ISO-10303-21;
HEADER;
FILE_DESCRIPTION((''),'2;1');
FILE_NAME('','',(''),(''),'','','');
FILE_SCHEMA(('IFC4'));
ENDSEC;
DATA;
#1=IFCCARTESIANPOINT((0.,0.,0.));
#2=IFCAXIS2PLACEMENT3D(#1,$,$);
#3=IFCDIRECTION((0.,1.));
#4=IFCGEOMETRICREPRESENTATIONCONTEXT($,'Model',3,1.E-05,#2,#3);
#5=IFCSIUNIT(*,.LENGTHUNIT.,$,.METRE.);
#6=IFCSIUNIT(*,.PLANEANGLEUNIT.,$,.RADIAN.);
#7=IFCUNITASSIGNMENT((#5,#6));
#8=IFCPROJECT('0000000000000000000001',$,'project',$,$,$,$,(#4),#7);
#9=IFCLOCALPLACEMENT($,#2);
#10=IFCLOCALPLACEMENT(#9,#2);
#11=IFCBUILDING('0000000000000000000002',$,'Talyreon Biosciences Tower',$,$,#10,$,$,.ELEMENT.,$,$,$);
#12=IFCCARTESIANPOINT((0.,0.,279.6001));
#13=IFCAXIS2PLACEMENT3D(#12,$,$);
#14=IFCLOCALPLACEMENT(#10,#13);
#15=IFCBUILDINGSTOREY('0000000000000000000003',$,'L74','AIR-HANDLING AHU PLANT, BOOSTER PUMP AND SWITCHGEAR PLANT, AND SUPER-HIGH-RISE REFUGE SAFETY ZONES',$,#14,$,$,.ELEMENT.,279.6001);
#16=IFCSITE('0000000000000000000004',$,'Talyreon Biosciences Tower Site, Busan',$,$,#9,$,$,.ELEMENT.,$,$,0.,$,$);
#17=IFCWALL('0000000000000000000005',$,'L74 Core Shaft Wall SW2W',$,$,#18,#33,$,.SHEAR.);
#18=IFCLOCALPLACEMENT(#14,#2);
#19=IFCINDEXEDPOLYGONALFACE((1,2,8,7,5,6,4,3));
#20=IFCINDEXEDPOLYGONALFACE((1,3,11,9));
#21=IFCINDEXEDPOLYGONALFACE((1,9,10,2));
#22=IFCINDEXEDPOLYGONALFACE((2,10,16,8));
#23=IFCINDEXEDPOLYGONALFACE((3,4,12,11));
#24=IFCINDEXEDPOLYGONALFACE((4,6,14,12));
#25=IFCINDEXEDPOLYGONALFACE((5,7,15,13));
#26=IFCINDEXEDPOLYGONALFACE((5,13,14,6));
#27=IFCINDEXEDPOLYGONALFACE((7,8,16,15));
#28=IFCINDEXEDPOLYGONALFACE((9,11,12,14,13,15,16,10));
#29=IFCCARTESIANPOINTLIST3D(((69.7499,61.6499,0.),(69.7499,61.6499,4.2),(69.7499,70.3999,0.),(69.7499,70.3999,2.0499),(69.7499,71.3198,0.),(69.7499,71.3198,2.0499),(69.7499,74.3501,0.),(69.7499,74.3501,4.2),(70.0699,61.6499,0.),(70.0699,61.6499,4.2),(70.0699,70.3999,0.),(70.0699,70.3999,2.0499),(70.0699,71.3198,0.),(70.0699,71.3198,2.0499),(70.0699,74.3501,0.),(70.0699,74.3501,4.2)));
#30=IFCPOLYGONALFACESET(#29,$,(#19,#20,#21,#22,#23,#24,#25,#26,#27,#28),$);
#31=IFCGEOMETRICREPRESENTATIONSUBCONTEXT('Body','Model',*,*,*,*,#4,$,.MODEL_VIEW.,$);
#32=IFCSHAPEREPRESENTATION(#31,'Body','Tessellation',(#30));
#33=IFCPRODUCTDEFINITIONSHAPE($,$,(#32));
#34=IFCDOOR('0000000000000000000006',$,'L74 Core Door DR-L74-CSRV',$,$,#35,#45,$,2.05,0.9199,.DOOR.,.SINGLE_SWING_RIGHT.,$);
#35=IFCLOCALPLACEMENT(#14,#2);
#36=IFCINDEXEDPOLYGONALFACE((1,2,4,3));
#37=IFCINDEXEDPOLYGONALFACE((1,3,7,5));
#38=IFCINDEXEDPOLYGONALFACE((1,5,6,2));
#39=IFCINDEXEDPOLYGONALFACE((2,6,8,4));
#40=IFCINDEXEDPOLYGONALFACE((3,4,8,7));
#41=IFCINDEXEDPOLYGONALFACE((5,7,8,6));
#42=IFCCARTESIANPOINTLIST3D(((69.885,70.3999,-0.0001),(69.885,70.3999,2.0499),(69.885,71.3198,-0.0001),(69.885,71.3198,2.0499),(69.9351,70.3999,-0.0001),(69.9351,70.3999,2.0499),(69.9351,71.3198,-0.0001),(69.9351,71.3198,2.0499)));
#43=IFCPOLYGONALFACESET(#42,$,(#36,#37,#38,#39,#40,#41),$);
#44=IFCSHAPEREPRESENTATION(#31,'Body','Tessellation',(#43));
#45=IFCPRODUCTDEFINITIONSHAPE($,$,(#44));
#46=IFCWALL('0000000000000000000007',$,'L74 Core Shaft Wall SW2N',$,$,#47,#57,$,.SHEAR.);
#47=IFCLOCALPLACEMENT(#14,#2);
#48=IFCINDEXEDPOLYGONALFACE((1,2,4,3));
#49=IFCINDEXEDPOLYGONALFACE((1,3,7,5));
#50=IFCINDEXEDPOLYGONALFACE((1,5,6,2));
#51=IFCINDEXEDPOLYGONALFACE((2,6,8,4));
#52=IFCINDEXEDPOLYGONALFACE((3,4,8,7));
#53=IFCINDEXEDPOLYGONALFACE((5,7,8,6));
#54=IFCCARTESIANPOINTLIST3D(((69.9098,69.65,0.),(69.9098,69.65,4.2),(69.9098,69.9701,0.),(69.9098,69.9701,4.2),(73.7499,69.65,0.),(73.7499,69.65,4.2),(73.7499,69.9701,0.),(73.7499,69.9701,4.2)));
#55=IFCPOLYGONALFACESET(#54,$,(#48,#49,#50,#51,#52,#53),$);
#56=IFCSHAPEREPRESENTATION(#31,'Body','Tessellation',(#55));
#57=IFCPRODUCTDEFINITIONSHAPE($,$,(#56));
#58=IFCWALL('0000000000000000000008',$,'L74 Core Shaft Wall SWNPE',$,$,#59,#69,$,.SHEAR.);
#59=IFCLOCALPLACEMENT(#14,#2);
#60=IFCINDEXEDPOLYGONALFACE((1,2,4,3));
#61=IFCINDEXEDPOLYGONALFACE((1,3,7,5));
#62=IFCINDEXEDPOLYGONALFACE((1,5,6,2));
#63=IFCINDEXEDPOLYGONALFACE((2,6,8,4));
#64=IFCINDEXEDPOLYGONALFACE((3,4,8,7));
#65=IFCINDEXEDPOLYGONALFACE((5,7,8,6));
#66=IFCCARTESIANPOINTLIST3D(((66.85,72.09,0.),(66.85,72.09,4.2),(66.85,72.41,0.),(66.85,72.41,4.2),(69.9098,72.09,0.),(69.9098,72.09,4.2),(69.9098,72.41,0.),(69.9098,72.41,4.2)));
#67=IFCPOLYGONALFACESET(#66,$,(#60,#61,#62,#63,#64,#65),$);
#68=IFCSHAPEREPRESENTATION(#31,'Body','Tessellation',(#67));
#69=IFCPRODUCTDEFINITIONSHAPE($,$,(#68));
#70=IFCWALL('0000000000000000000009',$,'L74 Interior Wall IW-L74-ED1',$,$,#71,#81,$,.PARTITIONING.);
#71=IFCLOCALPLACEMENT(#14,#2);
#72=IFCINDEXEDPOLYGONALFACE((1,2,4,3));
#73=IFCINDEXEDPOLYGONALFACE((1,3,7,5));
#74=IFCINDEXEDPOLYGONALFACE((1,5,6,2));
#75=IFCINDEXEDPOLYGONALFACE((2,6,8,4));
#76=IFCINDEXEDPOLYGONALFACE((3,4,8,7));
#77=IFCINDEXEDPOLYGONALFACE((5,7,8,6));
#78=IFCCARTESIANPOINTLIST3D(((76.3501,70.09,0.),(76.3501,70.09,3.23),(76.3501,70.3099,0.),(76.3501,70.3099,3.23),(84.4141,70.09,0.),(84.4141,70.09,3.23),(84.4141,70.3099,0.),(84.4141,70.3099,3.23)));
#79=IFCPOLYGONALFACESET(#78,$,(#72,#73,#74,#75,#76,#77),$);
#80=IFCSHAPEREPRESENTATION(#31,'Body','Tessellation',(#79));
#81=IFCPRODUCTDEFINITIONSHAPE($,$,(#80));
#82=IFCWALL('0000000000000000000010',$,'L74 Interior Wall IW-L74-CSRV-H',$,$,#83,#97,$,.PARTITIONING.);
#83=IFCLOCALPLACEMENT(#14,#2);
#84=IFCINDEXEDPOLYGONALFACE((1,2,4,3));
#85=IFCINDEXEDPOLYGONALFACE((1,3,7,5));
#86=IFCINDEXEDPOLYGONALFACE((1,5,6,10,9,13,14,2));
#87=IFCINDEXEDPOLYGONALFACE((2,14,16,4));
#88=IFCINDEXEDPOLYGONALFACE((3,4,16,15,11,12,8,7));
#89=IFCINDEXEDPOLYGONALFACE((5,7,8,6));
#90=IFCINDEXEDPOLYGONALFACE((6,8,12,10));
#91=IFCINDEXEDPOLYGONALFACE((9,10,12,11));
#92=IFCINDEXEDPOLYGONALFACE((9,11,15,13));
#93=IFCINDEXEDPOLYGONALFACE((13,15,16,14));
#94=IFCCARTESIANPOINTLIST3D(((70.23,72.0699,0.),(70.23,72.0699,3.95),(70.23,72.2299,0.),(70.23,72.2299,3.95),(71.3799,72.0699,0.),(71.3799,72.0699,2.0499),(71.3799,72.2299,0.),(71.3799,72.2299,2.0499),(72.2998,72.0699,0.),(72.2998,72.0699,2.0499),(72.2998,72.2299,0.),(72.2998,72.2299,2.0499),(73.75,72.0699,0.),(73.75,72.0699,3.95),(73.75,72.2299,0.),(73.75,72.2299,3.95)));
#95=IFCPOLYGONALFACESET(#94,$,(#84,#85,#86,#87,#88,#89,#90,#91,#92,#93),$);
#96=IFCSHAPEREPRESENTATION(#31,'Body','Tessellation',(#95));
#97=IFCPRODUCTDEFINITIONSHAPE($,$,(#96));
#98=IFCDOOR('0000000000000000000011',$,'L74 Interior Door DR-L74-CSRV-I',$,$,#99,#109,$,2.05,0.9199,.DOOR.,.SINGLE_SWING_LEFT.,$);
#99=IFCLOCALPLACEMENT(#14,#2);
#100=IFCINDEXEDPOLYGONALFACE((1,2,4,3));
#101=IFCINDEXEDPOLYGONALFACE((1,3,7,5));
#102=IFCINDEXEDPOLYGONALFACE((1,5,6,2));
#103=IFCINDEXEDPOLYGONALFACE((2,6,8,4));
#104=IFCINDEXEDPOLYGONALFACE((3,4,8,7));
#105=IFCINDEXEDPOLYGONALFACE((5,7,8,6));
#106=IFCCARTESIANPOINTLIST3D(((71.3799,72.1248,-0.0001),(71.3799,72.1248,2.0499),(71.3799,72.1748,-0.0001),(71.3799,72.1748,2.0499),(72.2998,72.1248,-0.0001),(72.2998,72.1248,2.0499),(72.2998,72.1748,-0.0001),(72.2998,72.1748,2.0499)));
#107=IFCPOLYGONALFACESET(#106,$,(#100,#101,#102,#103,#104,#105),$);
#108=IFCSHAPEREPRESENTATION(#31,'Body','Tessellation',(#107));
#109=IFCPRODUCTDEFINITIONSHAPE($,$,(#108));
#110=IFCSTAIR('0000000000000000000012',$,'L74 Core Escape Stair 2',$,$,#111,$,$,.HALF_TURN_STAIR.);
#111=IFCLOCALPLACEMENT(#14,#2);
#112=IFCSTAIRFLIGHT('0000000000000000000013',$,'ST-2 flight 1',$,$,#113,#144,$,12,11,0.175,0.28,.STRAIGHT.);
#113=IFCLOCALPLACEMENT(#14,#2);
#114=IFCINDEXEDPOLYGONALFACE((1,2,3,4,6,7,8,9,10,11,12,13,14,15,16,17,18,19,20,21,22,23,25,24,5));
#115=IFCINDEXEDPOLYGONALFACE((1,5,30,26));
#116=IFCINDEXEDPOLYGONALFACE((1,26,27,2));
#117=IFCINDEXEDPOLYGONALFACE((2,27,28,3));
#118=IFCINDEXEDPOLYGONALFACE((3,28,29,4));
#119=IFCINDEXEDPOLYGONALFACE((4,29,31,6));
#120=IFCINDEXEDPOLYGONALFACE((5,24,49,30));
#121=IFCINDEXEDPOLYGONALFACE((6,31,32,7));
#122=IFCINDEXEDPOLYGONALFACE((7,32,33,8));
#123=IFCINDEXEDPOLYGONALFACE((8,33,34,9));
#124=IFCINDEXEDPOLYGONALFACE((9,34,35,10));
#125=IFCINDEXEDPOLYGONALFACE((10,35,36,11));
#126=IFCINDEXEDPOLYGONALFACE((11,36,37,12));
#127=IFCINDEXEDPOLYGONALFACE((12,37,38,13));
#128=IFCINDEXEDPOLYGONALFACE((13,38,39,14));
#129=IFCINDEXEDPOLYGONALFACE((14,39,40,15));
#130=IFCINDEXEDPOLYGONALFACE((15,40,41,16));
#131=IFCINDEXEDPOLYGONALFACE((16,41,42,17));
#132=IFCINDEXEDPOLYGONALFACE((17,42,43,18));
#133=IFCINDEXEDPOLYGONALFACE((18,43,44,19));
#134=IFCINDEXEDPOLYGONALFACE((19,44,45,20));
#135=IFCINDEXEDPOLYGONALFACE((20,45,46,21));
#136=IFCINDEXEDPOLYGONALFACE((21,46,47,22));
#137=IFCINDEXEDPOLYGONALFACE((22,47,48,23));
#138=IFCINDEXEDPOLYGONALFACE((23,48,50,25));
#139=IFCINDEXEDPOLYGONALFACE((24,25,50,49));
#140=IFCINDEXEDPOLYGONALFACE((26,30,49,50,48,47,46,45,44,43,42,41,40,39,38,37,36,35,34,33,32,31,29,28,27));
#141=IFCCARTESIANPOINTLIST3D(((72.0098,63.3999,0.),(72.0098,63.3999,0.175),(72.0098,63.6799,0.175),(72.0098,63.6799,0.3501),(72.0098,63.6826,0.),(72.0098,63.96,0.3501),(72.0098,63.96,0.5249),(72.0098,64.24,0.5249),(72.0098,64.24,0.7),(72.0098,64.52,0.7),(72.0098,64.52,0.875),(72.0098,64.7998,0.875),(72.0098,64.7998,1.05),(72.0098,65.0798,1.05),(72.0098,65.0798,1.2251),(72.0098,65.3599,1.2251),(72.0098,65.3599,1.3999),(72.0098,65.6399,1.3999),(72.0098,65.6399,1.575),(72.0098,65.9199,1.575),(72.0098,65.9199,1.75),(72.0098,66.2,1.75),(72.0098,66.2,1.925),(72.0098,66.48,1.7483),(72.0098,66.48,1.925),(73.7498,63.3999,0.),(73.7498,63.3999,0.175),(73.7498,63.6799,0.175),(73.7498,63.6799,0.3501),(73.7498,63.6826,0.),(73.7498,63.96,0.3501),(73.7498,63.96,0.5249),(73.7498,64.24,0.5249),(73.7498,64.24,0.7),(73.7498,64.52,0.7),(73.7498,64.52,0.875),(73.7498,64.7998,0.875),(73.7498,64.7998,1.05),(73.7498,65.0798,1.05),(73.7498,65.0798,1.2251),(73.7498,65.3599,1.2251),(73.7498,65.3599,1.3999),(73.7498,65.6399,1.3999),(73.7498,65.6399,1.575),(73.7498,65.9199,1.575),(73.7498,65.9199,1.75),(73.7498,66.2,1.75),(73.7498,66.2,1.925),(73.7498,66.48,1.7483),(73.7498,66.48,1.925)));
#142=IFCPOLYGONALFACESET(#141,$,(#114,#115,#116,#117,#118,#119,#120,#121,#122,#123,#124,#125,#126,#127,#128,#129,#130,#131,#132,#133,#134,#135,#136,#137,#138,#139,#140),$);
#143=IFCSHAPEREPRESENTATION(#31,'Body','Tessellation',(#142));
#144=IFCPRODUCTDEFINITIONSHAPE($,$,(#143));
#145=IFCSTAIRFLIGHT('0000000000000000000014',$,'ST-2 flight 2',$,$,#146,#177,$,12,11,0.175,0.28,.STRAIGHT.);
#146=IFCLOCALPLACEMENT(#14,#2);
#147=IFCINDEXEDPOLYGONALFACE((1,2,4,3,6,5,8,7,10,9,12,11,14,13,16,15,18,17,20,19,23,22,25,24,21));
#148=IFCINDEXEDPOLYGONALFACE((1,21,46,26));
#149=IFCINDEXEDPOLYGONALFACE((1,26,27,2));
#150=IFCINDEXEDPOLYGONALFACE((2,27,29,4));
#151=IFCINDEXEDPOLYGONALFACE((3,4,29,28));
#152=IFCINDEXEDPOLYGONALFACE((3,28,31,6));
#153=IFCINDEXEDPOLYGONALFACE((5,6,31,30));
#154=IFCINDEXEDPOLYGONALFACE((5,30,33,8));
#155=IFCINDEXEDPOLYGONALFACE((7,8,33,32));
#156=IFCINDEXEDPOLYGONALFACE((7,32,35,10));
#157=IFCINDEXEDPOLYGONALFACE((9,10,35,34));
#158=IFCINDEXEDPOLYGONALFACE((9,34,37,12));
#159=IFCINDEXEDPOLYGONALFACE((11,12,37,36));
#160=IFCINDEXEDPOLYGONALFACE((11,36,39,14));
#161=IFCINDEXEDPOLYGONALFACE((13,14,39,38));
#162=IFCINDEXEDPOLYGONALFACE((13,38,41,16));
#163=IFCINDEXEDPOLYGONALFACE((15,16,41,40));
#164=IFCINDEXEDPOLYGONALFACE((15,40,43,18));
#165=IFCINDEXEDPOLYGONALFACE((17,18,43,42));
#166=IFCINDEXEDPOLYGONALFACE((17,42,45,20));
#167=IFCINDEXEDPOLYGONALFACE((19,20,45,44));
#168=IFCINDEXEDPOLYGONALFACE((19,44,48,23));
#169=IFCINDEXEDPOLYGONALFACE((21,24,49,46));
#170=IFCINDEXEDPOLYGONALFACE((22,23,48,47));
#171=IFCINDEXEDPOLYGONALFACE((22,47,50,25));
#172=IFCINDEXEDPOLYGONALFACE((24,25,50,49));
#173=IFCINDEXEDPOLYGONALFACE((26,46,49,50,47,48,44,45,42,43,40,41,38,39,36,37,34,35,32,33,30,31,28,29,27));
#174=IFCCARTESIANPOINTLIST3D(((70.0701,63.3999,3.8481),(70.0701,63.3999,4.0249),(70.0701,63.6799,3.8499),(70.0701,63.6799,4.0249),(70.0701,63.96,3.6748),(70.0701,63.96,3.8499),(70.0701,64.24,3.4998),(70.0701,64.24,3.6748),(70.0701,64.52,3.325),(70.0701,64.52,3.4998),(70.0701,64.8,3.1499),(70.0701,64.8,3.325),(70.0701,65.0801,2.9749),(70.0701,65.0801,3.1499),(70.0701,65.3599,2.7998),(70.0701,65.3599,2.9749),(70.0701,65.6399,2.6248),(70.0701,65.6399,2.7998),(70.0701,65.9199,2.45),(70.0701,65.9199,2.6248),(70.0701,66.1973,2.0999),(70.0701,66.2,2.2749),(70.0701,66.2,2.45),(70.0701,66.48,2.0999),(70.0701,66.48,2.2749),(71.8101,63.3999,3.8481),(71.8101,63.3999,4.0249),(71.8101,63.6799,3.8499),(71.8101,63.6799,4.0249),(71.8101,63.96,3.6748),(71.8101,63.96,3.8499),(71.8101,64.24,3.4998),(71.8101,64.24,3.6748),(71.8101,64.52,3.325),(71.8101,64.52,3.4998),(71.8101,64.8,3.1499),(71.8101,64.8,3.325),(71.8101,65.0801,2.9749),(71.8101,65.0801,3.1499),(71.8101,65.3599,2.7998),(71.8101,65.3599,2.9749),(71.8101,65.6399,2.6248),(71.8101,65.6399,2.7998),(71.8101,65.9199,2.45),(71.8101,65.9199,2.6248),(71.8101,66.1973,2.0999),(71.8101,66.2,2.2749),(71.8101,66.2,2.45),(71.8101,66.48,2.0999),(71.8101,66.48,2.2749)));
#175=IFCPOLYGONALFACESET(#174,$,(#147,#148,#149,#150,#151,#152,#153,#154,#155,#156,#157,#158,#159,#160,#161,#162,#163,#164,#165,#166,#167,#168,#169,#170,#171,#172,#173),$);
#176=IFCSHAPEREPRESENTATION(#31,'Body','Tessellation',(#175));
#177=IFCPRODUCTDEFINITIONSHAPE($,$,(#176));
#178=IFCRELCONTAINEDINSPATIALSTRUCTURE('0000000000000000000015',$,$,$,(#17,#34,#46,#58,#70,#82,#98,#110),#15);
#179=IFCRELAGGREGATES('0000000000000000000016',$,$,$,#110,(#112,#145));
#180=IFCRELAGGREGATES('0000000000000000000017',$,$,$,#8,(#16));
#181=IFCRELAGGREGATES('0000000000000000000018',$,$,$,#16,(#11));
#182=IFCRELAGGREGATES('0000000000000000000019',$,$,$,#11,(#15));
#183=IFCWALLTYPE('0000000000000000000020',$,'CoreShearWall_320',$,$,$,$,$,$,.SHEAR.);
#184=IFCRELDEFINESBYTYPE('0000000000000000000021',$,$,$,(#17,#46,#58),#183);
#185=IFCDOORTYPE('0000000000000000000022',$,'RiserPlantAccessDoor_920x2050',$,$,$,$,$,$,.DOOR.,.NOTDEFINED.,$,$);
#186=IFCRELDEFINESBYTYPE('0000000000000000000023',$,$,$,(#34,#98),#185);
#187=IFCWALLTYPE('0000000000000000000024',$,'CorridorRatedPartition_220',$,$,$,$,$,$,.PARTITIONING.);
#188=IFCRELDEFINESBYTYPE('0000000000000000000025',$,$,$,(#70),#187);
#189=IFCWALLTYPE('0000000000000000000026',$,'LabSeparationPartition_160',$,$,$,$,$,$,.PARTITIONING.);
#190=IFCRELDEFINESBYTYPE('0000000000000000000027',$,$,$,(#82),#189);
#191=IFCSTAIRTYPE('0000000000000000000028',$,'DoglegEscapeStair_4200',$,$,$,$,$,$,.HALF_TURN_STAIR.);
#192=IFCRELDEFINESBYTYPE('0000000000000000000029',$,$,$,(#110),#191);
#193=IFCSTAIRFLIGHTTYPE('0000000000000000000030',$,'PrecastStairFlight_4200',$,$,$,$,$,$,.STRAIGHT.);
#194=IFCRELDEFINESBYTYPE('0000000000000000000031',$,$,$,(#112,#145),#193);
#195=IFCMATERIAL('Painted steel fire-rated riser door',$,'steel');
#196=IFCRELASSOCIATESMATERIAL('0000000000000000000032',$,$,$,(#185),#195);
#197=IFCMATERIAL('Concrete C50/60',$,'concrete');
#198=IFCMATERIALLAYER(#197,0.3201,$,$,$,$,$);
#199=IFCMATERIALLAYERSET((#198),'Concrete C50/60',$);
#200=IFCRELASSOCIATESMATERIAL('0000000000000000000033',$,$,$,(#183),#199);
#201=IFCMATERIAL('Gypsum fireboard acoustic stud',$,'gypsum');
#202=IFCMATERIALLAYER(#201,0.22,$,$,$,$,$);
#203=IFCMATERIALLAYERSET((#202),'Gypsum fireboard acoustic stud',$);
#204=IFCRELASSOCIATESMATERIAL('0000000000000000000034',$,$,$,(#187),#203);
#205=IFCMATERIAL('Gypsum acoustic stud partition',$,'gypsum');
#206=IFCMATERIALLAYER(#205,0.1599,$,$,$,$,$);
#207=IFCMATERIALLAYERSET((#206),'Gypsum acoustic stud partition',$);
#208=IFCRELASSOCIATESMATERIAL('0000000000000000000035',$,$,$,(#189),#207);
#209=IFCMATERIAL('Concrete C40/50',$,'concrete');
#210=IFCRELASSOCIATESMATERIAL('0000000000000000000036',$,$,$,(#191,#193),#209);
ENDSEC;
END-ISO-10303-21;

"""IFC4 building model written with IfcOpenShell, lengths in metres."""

from ifc_helpers import new_model, si_unit, direction, frame, frame_2d, origin, place, context, subcontext, project, spatial, polyline, rectangle, outline, extrude, material, layer, layer_set, type_object, element, fill, aggregate, save


model = new_model("IFC4")

# Units and contexts
model_context = context("Model", 3, precision=1e-05, world=origin(), true_north=direction((0.0, 1.0)))
body_context = subcontext(model_context, "Body", "Model", "MODEL_VIEW")
ifc_project = project(units=[si_unit("LENGTHUNIT", "METRE"), si_unit("PLANEANGLEUNIT", "RADIAN")], contexts=[model_context])

# Site, building, storey
site_placement = place(None, origin())
site = spatial("IfcSite", under=ifc_project, at=site_placement, Name="Talyreon Biosciences Tower Site, Busan", CompositionType="ELEMENT", RefElevation=0.0)
building_placement = place(site_placement, origin())
building = spatial("IfcBuilding", under=site, at=building_placement, Name="Talyreon Biosciences Tower", CompositionType="ELEMENT")
storey_placement = place(building_placement, frame((0.0, 0.0, 279.6001)))
storey = spatial("IfcBuildingStorey", under=building, at=storey_placement, Name="L74", Description="AIR-HANDLING AHU PLANT, BOOSTER PUMP AND SWITCHGEAR PLANT, AND SUPER-HIGH-RISE REFUGE SAFETY ZONES", CompositionType="ELEMENT", Elevation=279.6001)

# Shared definitions
ifc_material_1 = material(Name="Concrete C50/60", Category="concrete")

# Wall, opening, door
ifc_material_2 = material(Name="Painted steel fire-rated riser door", Category="steel")
door_type = type_object("IfcDoorType", Name="RiserPlantAccessDoor_920x2050", OperationType="NOTDEFINED", PredefinedType="DOOR", material=ifc_material_2)
ifc_layer_1 = layer(ifc_material_1, 0.3201)
ifc_layer_set_1 = layer_set([ifc_layer_1], Name="Concrete C50/60")
wall_type_1 = type_object("IfcWallType", Name="CoreShearWall_320", PredefinedType="SHEAR", material=ifc_layer_set_1)
wall_1_placement = place(storey_placement, frame((69.9099, 61.6499, 0.0), z_axis=(0.0, 0.0, 1.0), x_axis=(0.0, 1.0, 0.0)))
wall_1 = element("IfcWall", 1, at=wall_1_placement, inside=storey, type_object=wall_type_1, Name="L74 Core Shaft Wall SW2W", PredefinedType="SHEAR", context=body_context, shape_type="SweptSolid", body=[
    extrude(rectangle(XDim=12.7002, YDim=0.3201, at=frame_2d((6.3501, 0.0))), origin(), (0.0, 0.0, 1.0), 4.2),
])
opening_1_placement = place(wall_1_placement, frame((8.75, 0.0, 0.0)))
opening_1 = element("IfcOpeningElement", 2, at=opening_1_placement, cuts=wall_1, PredefinedType="OPENING", context=body_context, shape_type="SweptSolid", body=[
    extrude(rectangle(XDim=0.9199, YDim=2.05, at=frame_2d((0.46, 1.0249))), frame((0.0, 0.1699, 0.0), z_axis=(0.0, -1.0, 0.0), x_axis=(1.0, 0.0, 0.0)), (0.0, 0.0, 1.0), 0.3401),
])
door_1_placement = place(opening_1_placement, origin())
door_1 = element("IfcDoor", 3, at=door_1_placement, inside=storey, type_object=door_type, Name="L74 Core Door DR-L74-CSRV", OperationType="SINGLE_SWING_RIGHT", OverallHeight=2.05, OverallWidth=0.9199, PredefinedType="DOOR", context=body_context, shape_type="SweptSolid", body=[
    extrude(rectangle(XDim=0.9199, YDim=2.05, at=frame_2d((0.46, 1.0249))), frame((0.0, 0.0249, 0.0), z_axis=(0.0, -1.0, 0.0), x_axis=(1.0, 0.0, 0.0)), (0.0, 0.0, 1.0), 0.05),
])
fill(opening_1, door_1)

# Walls
wall_2_placement = place(storey_placement, frame((69.9099, 69.8101, 0.0), z_axis=(0.0, 0.0, 1.0), x_axis=(1.0, 0.0, 0.0)))
element("IfcWall", 4, at=wall_2_placement, inside=storey, type_object=wall_type_1, Name="L74 Core Shaft Wall SW2N", PredefinedType="SHEAR", context=body_context, shape_type="SweptSolid", body=[
    extrude(rectangle(XDim=3.8401, YDim=0.3201, at=frame_2d((1.9199, 0.0))), origin(), (0.0, 0.0, 1.0), 4.2),
])
wall_3_placement = place(storey_placement, frame((66.8501, 72.25, 0.0), z_axis=(0.0, 0.0, 1.0), x_axis=(1.0, 0.0, 0.0)))
element("IfcWall", 5, at=wall_3_placement, inside=storey, type_object=wall_type_1, Name="L74 Core Shaft Wall SWNPE", PredefinedType="SHEAR", context=body_context, shape_type="SweptSolid", body=[
    extrude(rectangle(XDim=3.0598, YDim=0.3201, at=frame_2d((1.5298, 0.0))), origin(), (0.0, 0.0, 1.0), 4.2),
])
ifc_material_3 = material(Name="Gypsum fireboard acoustic stud", Category="gypsum")
ifc_layer_2 = layer(ifc_material_3, 0.22)
ifc_layer_set_2 = layer_set([ifc_layer_2], Name="Gypsum fireboard acoustic stud")
wall_type_2 = type_object("IfcWallType", Name="CorridorRatedPartition_220", PredefinedType="PARTITIONING", material=ifc_layer_set_2)
wall_4_placement = place(storey_placement, frame((76.3501, 70.2, 0.0), z_axis=(0.0, 0.0, 1.0), x_axis=(1.0, 0.0, 0.0)))
element("IfcWall", 6, at=wall_4_placement, inside=storey, type_object=wall_type_2, Name="L74 Interior Wall IW-L74-ED1", PredefinedType="PARTITIONING", context=body_context, shape_type="SweptSolid", body=[
    extrude(rectangle(XDim=8.064, YDim=0.22, at=frame_2d((4.032, 0.0))), origin(), (0.0, 0.0, 1.0), 3.23),
])

# Wall, opening, door
ifc_material_4 = material(Name="Gypsum acoustic stud partition", Category="gypsum")
ifc_layer_3 = layer(ifc_material_4, 0.1599)
ifc_layer_set_3 = layer_set([ifc_layer_3], Name="Gypsum acoustic stud partition")
wall_type_3 = type_object("IfcWallType", Name="LabSeparationPartition_160", PredefinedType="PARTITIONING", material=ifc_layer_set_3)
wall_5_placement = place(storey_placement, frame((70.23, 72.1499, 0.0), z_axis=(0.0, 0.0, 1.0), x_axis=(1.0, 0.0, 0.0)))
wall_5 = element("IfcWall", 7, at=wall_5_placement, inside=storey, type_object=wall_type_3, Name="L74 Interior Wall IW-L74-CSRV-H", PredefinedType="PARTITIONING", context=body_context, shape_type="SweptSolid", body=[
    extrude(rectangle(XDim=3.52, YDim=0.1599, at=frame_2d((1.76, 0.0))), origin(), (0.0, 0.0, 1.0), 3.95),
])
opening_2_placement = place(wall_5_placement, frame((1.1499, 0.0, 0.0)))
opening_2 = element("IfcOpeningElement", 8, at=opening_2_placement, cuts=wall_5, PredefinedType="OPENING", context=body_context, shape_type="SweptSolid", body=[
    extrude(rectangle(XDim=0.9199, YDim=2.05, at=frame_2d((0.46, 1.0249))), frame((0.0, 0.0898, 0.0), z_axis=(0.0, -1.0, 0.0), x_axis=(1.0, 0.0, 0.0)), (0.0, 0.0, 1.0), 0.1799),
])
door_2_placement = place(opening_2_placement, origin())
door_2 = element("IfcDoor", 9, at=door_2_placement, inside=storey, type_object=door_type, Name="L74 Interior Door DR-L74-CSRV-I", OperationType="SINGLE_SWING_LEFT", OverallHeight=2.05, OverallWidth=0.9199, PredefinedType="DOOR", context=body_context, shape_type="SweptSolid", body=[
    extrude(rectangle(XDim=0.9199, YDim=2.05, at=frame_2d((0.46, 1.0249))), frame((0.0, 0.0249, 0.0), z_axis=(0.0, -1.0, 0.0), x_axis=(1.0, 0.0, 0.0)), (0.0, 0.0, 1.0), 0.05),
])
fill(opening_2, door_2)

# Stair, stair flights
ifc_material_5 = material(Name="Concrete C40/50", Category="concrete")
stair_type = type_object("IfcStairType", Name="DoglegEscapeStair_4200", PredefinedType="HALF_TURN_STAIR", material=ifc_material_5)
stair_placement = place(storey_placement, origin())
stair = element("IfcStair", 10, at=stair_placement, inside=storey, type_object=stair_type, Name="L74 Core Escape Stair 2", PredefinedType="HALF_TURN_STAIR")
stair_flight_type = type_object("IfcStairFlightType", Name="PrecastStairFlight_4200", PredefinedType="STRAIGHT", material=ifc_material_5)
stair_flight_1_placement = place(storey_placement, frame((72.8799, 63.3999, 0.0), z_axis=(0.0, 0.0, 1.0), x_axis=(0.0, 1.0, 0.0)))
stair_flight_1 = element("IfcStairFlight", 11, at=stair_flight_1_placement, type_object=stair_flight_type, Name="ST-2 flight 1", NumberOfRisers=12, NumberOfTreads=11, PredefinedType="STRAIGHT", RiserHeight=0.175, TreadLength=0.28, context=body_context, shape_type="SweptSolid", body=[
    extrude(outline(polyline([(0.0, 0.0), (0.0, 0.175), (0.28, 0.175), (0.28, 0.3501), (0.5601, 0.3501), (0.5601, 0.5249), (0.8401, 0.5249), (0.8401, 0.7), (1.1201, 0.7), (1.1201, 0.875), (1.3999, 0.875), (1.3999, 1.05), (1.6799, 1.05), (1.6799, 1.2251), (1.96, 1.2251), (1.96, 1.3999), (2.24, 1.3999), (2.24, 1.575), (2.52, 1.575), (2.52, 1.75), (2.8, 1.75), (2.8, 1.925), (3.0801, 1.925), (3.0801, 2.1001), (3.0801, 1.7483), (0.2827, 0.0), (0.0, 0.0)])), frame((0.0, 0.8701, 0.0), z_axis=(0.0, -1.0, 0.0), x_axis=(1.0, 0.0, 0.0)), (0.0, 0.0, 1.0), 1.74),
])
stair_flight_2_placement = place(storey_placement, frame((70.9399, 66.48, 2.0999), z_axis=(0.0, 0.0, 1.0), x_axis=(0.0, -1.0, 0.0)))
stair_flight_2 = element("IfcStairFlight", 12, at=stair_flight_2_placement, type_object=stair_flight_type, Name="ST-2 flight 2", NumberOfRisers=12, NumberOfTreads=11, PredefinedType="STRAIGHT", RiserHeight=0.175, TreadLength=0.28, context=body_context, shape_type="SweptSolid", body=[
    extrude(outline(polyline([(0.0, 0.0), (0.0, 0.175), (0.28, 0.175), (0.28, 0.3501), (0.5601, 0.3501), (0.5601, 0.5249), (0.8401, 0.5249), (0.8401, 0.7), (1.1201, 0.7), (1.1201, 0.875), (1.3999, 0.875), (1.3999, 1.05), (1.6799, 1.05), (1.6799, 1.2251), (1.96, 1.2251), (1.96, 1.3999), (2.24, 1.3999), (2.24, 1.575), (2.52, 1.575), (2.52, 1.75), (2.8, 1.75), (2.8, 1.925), (3.0801, 1.925), (3.0801, 2.1001), (3.0801, 1.7483), (0.2827, 0.0), (0.0, 0.0)])), frame((0.0, 0.8701, 0.0), z_axis=(0.0, -1.0, 0.0), x_axis=(1.0, 0.0, 0.0)), (0.0, 0.0, 1.0), 1.74),
])
aggregate(stair, [stair_flight_1, stair_flight_2])

save(model, "model.ifc")
